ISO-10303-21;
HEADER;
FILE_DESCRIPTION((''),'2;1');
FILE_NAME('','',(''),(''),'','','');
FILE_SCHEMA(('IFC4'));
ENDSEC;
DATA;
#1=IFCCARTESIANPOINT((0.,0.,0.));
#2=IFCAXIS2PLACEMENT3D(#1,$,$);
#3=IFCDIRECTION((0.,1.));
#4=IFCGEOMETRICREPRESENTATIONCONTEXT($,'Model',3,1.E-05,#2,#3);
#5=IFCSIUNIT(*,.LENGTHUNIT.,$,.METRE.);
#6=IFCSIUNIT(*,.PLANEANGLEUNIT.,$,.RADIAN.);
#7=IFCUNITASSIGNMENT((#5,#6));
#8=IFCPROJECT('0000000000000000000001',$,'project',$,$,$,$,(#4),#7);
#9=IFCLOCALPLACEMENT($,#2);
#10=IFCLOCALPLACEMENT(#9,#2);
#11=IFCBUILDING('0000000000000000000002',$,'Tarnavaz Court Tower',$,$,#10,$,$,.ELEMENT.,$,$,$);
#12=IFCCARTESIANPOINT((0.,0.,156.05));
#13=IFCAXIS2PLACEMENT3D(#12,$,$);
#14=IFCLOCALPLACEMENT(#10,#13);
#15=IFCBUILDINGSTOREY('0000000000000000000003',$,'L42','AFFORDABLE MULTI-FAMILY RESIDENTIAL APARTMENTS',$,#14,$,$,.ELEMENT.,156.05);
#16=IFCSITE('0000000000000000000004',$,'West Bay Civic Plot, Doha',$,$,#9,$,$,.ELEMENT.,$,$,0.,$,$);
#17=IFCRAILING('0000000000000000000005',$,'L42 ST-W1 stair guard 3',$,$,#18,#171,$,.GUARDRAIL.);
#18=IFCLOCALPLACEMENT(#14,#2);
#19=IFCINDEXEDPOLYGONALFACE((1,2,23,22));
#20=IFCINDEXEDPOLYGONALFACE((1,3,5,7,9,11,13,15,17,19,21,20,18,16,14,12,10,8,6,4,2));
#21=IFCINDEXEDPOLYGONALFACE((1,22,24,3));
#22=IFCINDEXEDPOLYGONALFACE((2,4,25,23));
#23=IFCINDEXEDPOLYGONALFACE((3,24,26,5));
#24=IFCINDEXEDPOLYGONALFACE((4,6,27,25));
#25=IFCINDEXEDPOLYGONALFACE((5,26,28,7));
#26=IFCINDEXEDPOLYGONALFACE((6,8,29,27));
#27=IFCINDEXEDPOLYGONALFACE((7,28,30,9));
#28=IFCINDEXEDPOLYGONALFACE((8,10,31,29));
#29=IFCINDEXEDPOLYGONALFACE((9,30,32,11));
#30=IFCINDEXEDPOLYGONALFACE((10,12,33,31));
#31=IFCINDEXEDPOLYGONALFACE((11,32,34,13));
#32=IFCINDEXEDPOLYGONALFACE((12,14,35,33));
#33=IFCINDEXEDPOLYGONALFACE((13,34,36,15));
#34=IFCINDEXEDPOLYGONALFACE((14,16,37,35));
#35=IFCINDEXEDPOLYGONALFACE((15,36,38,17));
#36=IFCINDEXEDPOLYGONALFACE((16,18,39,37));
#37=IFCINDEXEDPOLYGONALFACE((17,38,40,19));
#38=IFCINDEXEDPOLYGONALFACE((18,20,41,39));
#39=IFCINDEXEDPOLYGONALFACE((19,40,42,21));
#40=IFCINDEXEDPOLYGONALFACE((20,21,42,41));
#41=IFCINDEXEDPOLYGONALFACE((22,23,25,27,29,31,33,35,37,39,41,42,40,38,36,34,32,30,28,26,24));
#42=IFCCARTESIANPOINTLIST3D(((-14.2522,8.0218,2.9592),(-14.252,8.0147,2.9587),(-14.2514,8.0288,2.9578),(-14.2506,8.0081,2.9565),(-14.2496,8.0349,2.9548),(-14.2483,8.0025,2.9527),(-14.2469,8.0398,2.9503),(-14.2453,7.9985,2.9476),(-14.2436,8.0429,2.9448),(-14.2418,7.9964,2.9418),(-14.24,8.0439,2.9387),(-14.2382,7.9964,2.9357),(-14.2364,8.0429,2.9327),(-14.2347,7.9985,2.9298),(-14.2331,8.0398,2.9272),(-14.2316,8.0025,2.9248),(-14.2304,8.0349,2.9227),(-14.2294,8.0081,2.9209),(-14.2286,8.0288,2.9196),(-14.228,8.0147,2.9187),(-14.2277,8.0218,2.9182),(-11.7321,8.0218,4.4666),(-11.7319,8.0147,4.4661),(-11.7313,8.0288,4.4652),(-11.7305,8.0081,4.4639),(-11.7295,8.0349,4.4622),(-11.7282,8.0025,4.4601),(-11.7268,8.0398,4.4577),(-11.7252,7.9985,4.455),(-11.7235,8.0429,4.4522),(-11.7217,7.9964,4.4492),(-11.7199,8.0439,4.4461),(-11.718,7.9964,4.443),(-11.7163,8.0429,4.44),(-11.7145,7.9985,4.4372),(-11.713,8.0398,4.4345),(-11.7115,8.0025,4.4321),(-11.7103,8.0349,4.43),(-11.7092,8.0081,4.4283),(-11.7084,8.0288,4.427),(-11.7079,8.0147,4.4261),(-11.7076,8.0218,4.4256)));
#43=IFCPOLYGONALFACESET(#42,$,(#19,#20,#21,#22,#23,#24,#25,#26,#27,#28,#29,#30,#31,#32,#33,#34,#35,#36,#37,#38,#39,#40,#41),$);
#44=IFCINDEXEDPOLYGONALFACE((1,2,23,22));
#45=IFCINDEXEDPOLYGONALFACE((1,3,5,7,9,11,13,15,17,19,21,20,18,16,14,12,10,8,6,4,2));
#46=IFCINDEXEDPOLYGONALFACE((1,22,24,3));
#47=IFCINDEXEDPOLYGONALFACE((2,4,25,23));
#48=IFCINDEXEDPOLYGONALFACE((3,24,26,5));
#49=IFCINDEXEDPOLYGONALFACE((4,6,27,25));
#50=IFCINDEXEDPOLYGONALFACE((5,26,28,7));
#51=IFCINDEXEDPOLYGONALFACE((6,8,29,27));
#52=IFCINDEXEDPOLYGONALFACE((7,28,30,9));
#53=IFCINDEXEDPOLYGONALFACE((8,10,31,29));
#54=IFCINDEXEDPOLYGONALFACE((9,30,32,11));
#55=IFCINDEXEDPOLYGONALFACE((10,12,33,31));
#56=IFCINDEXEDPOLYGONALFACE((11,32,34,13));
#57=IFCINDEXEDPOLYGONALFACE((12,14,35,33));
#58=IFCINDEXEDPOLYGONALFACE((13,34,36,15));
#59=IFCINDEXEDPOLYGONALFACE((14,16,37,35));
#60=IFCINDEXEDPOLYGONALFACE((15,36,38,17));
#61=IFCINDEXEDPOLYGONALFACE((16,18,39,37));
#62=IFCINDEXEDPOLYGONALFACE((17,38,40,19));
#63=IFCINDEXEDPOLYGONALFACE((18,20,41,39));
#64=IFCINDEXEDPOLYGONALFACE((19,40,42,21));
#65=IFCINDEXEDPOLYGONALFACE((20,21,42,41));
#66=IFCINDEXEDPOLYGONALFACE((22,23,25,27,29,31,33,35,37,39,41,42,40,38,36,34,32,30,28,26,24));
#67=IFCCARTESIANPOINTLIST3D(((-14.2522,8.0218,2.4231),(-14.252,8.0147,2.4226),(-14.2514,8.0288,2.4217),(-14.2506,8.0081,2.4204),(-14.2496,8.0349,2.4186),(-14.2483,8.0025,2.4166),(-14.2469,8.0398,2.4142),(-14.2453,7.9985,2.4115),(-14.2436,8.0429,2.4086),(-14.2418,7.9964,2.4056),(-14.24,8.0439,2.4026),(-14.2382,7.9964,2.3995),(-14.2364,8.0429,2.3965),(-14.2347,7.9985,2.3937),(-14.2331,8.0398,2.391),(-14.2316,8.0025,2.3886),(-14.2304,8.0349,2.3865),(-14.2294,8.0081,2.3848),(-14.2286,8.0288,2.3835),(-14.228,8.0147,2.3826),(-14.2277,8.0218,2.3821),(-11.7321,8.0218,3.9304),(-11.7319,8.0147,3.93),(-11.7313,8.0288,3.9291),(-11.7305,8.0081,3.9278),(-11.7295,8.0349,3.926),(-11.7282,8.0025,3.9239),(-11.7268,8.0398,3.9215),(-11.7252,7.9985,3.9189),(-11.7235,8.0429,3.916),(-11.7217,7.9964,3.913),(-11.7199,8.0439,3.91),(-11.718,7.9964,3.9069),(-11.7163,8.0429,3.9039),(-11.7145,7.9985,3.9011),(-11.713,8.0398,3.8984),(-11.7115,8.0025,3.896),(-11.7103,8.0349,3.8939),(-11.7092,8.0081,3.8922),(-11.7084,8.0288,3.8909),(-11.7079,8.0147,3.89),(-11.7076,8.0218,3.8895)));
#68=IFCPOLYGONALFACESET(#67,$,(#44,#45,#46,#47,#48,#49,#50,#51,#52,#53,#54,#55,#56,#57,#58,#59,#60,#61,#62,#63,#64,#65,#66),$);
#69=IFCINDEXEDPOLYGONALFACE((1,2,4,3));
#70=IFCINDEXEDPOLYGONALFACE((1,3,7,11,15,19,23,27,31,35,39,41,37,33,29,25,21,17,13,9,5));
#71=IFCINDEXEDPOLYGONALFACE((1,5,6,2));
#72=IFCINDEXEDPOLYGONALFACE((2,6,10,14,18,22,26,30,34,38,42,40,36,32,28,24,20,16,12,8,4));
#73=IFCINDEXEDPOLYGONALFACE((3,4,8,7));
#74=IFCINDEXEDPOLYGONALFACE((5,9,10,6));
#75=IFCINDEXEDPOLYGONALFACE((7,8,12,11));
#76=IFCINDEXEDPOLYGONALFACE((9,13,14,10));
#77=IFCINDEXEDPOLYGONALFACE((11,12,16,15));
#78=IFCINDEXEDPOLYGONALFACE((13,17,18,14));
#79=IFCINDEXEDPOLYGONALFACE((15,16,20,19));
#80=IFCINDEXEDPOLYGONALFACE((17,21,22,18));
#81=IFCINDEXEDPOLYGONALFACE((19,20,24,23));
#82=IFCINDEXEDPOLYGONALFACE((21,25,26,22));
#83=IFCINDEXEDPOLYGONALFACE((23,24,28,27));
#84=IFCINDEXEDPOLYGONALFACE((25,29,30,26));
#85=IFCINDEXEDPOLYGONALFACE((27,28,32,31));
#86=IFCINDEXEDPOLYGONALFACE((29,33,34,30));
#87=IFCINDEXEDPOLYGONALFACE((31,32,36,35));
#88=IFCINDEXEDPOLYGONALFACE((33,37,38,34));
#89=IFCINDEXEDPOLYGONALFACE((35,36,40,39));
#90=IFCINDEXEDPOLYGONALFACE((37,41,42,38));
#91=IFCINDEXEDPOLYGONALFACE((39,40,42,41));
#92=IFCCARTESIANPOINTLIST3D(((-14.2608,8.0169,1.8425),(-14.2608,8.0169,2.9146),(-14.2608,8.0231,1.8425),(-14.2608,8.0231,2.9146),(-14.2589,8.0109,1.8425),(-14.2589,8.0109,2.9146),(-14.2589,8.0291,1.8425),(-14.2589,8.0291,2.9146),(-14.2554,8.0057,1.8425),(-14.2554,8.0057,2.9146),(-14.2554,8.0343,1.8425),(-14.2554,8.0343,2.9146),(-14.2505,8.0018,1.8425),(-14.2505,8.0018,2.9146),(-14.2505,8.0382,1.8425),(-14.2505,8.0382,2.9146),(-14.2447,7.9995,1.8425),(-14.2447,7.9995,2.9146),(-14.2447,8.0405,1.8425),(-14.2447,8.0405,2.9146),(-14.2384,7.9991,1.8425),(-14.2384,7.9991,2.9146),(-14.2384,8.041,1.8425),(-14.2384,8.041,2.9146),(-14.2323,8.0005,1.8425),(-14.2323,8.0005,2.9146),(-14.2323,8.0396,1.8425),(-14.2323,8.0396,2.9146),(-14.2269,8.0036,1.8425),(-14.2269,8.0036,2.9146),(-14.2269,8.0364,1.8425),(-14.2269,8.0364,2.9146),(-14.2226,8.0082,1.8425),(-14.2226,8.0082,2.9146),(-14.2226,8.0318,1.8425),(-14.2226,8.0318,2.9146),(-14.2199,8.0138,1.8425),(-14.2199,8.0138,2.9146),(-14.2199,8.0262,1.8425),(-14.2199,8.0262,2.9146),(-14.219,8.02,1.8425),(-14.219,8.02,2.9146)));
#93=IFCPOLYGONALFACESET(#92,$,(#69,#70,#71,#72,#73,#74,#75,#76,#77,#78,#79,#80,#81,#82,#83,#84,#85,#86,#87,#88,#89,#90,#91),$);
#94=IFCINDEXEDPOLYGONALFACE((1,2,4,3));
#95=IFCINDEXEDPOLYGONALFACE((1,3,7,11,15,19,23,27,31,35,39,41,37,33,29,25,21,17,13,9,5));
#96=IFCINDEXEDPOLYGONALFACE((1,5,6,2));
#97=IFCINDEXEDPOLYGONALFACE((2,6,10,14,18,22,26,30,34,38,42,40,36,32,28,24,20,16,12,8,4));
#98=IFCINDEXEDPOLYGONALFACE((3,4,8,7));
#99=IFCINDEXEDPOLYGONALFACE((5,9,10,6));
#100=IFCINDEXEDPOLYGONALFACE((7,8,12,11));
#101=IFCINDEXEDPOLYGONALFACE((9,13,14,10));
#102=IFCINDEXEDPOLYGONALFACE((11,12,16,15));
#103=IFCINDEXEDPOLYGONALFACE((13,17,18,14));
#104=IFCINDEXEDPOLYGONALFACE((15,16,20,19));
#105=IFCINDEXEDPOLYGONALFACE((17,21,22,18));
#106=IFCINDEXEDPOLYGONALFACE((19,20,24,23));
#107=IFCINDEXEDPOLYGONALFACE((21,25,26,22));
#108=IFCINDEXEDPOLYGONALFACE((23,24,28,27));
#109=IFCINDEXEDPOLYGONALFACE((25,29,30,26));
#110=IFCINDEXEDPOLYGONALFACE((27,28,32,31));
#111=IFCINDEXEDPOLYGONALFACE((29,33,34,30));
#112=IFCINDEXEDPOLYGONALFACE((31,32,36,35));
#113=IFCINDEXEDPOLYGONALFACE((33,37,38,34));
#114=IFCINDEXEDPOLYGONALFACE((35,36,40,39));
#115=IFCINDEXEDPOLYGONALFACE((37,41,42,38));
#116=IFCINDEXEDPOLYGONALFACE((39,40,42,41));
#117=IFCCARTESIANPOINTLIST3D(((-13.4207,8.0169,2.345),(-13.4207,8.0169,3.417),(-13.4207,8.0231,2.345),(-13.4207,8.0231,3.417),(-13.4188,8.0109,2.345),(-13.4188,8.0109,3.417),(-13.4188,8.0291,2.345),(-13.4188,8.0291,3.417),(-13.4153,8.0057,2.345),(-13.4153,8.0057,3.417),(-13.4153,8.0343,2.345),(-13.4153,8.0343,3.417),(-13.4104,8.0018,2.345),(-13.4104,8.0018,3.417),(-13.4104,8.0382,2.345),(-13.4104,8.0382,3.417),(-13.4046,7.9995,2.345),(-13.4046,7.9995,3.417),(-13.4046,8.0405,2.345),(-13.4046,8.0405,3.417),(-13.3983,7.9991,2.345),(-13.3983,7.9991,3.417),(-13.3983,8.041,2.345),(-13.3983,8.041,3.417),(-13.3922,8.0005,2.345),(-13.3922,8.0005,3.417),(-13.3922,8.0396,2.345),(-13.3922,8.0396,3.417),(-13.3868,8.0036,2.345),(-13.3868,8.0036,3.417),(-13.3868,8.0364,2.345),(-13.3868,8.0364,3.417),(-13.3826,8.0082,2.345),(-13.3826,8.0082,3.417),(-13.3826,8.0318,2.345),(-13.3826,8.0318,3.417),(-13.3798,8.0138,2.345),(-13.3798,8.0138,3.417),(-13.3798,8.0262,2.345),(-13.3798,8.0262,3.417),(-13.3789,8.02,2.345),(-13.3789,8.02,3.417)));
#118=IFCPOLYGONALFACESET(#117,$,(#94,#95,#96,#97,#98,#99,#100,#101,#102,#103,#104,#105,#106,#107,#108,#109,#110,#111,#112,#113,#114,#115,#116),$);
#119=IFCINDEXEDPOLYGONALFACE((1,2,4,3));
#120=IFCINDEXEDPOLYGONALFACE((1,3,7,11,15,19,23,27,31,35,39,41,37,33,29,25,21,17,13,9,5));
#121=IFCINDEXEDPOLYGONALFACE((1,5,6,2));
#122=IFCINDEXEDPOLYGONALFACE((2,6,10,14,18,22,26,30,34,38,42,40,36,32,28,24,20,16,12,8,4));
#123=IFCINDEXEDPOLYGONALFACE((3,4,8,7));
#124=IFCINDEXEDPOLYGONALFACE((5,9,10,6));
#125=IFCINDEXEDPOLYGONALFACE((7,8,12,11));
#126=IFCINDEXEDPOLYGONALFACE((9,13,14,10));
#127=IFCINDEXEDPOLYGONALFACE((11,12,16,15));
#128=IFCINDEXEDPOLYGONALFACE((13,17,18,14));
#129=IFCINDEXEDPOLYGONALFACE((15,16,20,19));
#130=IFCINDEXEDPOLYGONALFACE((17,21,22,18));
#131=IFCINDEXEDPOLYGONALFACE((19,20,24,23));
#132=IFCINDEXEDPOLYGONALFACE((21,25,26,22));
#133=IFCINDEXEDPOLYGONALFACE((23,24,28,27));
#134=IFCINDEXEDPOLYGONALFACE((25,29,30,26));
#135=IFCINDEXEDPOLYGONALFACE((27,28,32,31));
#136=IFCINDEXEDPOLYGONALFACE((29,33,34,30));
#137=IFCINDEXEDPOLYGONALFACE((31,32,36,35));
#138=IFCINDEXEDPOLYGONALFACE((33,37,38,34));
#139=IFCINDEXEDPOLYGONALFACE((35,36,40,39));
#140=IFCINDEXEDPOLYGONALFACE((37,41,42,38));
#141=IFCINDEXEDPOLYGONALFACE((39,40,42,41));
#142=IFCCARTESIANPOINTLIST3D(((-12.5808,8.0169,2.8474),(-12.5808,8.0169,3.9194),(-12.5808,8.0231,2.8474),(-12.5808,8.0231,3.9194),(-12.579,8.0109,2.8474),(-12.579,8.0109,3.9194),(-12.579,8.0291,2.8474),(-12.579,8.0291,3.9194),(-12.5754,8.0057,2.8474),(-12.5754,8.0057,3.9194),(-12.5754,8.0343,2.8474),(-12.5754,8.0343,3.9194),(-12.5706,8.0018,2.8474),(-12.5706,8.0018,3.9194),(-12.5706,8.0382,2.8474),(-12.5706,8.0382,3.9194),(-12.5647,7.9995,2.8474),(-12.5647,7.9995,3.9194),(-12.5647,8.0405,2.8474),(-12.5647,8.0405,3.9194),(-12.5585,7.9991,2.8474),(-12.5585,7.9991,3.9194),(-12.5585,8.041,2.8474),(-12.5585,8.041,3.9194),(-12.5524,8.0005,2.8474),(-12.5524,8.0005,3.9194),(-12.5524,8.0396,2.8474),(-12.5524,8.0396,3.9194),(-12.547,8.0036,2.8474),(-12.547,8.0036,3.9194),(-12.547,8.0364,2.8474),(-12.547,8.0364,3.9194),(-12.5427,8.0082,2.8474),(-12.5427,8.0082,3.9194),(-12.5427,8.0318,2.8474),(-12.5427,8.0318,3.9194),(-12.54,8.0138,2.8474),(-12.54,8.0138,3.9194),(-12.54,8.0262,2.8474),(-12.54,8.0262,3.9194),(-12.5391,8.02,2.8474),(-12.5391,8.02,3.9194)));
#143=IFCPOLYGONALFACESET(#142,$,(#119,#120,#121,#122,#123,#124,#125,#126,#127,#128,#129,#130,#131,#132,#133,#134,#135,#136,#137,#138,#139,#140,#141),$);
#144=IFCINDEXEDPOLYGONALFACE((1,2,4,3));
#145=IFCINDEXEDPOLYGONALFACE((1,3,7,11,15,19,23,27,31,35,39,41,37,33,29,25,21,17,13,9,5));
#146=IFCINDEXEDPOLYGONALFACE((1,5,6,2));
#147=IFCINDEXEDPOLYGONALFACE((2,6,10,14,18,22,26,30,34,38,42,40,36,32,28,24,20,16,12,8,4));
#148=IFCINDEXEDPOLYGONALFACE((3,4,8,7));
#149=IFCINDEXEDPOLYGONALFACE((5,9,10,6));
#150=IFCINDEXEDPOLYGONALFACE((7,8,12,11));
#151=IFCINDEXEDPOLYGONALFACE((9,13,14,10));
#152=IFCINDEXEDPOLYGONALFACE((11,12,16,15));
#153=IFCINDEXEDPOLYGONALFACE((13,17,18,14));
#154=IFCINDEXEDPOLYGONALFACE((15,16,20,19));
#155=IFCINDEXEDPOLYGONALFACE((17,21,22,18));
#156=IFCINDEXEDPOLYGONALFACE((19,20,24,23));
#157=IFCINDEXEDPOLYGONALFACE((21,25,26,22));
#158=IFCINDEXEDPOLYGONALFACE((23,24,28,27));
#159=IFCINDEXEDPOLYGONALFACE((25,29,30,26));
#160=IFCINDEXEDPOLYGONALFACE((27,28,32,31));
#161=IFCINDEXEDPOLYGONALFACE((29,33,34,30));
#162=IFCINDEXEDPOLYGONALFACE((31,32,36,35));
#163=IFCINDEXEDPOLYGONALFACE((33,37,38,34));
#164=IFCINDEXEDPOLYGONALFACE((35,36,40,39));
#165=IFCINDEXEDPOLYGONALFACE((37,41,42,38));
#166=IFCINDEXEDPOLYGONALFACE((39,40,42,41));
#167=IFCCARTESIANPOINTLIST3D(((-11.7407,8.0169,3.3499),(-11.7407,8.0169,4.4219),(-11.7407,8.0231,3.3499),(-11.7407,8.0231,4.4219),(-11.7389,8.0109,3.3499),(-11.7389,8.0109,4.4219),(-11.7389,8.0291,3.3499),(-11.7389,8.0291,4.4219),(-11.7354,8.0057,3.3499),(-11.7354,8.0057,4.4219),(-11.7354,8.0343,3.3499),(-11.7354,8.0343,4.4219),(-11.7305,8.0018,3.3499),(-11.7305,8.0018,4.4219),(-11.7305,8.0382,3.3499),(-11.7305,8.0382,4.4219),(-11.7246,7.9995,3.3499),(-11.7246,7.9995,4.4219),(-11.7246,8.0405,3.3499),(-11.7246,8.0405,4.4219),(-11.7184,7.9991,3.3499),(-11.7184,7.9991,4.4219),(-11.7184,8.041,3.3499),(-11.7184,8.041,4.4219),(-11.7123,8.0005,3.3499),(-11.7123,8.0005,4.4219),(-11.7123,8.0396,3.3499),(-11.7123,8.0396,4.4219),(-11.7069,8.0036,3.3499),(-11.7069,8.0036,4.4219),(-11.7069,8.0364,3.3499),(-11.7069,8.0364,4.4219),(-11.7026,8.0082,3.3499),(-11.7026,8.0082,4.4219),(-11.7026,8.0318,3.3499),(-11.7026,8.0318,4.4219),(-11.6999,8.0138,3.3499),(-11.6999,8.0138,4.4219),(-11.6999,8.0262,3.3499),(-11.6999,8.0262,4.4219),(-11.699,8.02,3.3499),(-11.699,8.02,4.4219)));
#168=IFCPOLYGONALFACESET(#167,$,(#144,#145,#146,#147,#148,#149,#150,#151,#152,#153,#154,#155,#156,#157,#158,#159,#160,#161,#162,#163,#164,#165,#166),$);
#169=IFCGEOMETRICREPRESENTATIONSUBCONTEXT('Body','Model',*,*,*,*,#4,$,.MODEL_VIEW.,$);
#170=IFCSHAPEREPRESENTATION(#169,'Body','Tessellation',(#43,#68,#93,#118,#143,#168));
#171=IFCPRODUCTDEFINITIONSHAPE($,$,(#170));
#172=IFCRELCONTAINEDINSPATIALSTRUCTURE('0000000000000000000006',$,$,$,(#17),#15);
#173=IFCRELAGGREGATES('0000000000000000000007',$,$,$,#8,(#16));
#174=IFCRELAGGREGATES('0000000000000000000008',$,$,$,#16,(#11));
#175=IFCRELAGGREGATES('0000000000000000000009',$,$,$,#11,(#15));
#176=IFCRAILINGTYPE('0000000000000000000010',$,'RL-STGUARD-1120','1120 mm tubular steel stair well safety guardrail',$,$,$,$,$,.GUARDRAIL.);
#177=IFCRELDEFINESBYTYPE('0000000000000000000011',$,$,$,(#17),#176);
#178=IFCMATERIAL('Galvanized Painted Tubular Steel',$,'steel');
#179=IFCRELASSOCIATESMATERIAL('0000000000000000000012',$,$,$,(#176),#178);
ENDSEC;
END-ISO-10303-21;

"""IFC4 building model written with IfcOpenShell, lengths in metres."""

from ifc_helpers import new_model, si_unit, direction, frame, origin, origin_2d, place, context, subcontext, project, spatial, circle, extrude, material, type_object, element, save


model = new_model("IFC4")

# Units and contexts
model_context = context("Model", 3, precision=1e-05, world=origin(), true_north=direction((0.0, 1.0)))
body_context = subcontext(model_context, "Body", "Model", "MODEL_VIEW")
ifc_project = project(units=[si_unit("LENGTHUNIT", "METRE"), si_unit("PLANEANGLEUNIT", "RADIAN")], contexts=[model_context])

# Site, building, storey
site_placement = place(None, origin())
site = spatial("IfcSite", under=ifc_project, at=site_placement, Name="West Bay Civic Plot, Doha", CompositionType="ELEMENT", RefElevation=0.0)
building_placement = place(site_placement, origin())
building = spatial("IfcBuilding", under=site, at=building_placement, Name="Tarnavaz Court Tower", CompositionType="ELEMENT")
storey_placement = place(building_placement, frame((0.0, 0.0, 156.05)))
storey = spatial("IfcBuildingStorey", under=building, at=storey_placement, Name="L42", Description="AFFORDABLE MULTI-FAMILY RESIDENTIAL APARTMENTS", CompositionType="ELEMENT", Elevation=156.05)

# Railing
ifc_material_1 = material(Name="Galvanized Painted Tubular Steel", Category="steel")
railing_type_1 = type_object("IfcRailingType", Name="RL-STGUARD-1120", Description="1120 mm tubular steel stair well safety guardrail", PredefinedType="GUARDRAIL", material=ifc_material_1)
railing_1_placement = place(storey_placement, frame((-14.24, 8.02, 1.8425)))
element("IfcRailing", 1, at=railing_1_placement, inside=storey, type_object=railing_type_1, Name="L42 ST-W1 stair guard 3", PredefinedType="GUARDRAIL", context=body_context, shape_type="SweptSolid", body=[
    extrude(circle(Radius=0.0239, at=origin_2d()), frame((0.0, 0.0, 1.0962), z_axis=(0.858196, 0.0, 0.513321), x_axis=(0.0, 1.0, 0.0)), (0.0, 0.0, 1.0), 2.9365),
    extrude(circle(Radius=0.0239, at=origin_2d()), frame((0.0, 0.0, 0.5601), z_axis=(0.858196, 0.0, 0.513321), x_axis=(0.0, 1.0, 0.0)), (0.0, 0.0, 1.0), 2.9365),
    extrude(circle(Radius=0.021, at=origin_2d()), origin(), (0.0, 0.0, 1.0), 1.072),
    extrude(circle(Radius=0.021, at=origin_2d()), frame((0.8401, 0.0, 0.5024)), (0.0, 0.0, 1.0), 1.072),
    extrude(circle(Radius=0.021, at=origin_2d()), frame((1.6799, 0.0, 1.0049)), (0.0, 0.0, 1.0), 1.072),
    extrude(circle(Radius=0.021, at=origin_2d()), frame((2.52, 0.0, 1.5073)), (0.0, 0.0, 1.0), 1.072),
])

save(model, "model.ifc")
